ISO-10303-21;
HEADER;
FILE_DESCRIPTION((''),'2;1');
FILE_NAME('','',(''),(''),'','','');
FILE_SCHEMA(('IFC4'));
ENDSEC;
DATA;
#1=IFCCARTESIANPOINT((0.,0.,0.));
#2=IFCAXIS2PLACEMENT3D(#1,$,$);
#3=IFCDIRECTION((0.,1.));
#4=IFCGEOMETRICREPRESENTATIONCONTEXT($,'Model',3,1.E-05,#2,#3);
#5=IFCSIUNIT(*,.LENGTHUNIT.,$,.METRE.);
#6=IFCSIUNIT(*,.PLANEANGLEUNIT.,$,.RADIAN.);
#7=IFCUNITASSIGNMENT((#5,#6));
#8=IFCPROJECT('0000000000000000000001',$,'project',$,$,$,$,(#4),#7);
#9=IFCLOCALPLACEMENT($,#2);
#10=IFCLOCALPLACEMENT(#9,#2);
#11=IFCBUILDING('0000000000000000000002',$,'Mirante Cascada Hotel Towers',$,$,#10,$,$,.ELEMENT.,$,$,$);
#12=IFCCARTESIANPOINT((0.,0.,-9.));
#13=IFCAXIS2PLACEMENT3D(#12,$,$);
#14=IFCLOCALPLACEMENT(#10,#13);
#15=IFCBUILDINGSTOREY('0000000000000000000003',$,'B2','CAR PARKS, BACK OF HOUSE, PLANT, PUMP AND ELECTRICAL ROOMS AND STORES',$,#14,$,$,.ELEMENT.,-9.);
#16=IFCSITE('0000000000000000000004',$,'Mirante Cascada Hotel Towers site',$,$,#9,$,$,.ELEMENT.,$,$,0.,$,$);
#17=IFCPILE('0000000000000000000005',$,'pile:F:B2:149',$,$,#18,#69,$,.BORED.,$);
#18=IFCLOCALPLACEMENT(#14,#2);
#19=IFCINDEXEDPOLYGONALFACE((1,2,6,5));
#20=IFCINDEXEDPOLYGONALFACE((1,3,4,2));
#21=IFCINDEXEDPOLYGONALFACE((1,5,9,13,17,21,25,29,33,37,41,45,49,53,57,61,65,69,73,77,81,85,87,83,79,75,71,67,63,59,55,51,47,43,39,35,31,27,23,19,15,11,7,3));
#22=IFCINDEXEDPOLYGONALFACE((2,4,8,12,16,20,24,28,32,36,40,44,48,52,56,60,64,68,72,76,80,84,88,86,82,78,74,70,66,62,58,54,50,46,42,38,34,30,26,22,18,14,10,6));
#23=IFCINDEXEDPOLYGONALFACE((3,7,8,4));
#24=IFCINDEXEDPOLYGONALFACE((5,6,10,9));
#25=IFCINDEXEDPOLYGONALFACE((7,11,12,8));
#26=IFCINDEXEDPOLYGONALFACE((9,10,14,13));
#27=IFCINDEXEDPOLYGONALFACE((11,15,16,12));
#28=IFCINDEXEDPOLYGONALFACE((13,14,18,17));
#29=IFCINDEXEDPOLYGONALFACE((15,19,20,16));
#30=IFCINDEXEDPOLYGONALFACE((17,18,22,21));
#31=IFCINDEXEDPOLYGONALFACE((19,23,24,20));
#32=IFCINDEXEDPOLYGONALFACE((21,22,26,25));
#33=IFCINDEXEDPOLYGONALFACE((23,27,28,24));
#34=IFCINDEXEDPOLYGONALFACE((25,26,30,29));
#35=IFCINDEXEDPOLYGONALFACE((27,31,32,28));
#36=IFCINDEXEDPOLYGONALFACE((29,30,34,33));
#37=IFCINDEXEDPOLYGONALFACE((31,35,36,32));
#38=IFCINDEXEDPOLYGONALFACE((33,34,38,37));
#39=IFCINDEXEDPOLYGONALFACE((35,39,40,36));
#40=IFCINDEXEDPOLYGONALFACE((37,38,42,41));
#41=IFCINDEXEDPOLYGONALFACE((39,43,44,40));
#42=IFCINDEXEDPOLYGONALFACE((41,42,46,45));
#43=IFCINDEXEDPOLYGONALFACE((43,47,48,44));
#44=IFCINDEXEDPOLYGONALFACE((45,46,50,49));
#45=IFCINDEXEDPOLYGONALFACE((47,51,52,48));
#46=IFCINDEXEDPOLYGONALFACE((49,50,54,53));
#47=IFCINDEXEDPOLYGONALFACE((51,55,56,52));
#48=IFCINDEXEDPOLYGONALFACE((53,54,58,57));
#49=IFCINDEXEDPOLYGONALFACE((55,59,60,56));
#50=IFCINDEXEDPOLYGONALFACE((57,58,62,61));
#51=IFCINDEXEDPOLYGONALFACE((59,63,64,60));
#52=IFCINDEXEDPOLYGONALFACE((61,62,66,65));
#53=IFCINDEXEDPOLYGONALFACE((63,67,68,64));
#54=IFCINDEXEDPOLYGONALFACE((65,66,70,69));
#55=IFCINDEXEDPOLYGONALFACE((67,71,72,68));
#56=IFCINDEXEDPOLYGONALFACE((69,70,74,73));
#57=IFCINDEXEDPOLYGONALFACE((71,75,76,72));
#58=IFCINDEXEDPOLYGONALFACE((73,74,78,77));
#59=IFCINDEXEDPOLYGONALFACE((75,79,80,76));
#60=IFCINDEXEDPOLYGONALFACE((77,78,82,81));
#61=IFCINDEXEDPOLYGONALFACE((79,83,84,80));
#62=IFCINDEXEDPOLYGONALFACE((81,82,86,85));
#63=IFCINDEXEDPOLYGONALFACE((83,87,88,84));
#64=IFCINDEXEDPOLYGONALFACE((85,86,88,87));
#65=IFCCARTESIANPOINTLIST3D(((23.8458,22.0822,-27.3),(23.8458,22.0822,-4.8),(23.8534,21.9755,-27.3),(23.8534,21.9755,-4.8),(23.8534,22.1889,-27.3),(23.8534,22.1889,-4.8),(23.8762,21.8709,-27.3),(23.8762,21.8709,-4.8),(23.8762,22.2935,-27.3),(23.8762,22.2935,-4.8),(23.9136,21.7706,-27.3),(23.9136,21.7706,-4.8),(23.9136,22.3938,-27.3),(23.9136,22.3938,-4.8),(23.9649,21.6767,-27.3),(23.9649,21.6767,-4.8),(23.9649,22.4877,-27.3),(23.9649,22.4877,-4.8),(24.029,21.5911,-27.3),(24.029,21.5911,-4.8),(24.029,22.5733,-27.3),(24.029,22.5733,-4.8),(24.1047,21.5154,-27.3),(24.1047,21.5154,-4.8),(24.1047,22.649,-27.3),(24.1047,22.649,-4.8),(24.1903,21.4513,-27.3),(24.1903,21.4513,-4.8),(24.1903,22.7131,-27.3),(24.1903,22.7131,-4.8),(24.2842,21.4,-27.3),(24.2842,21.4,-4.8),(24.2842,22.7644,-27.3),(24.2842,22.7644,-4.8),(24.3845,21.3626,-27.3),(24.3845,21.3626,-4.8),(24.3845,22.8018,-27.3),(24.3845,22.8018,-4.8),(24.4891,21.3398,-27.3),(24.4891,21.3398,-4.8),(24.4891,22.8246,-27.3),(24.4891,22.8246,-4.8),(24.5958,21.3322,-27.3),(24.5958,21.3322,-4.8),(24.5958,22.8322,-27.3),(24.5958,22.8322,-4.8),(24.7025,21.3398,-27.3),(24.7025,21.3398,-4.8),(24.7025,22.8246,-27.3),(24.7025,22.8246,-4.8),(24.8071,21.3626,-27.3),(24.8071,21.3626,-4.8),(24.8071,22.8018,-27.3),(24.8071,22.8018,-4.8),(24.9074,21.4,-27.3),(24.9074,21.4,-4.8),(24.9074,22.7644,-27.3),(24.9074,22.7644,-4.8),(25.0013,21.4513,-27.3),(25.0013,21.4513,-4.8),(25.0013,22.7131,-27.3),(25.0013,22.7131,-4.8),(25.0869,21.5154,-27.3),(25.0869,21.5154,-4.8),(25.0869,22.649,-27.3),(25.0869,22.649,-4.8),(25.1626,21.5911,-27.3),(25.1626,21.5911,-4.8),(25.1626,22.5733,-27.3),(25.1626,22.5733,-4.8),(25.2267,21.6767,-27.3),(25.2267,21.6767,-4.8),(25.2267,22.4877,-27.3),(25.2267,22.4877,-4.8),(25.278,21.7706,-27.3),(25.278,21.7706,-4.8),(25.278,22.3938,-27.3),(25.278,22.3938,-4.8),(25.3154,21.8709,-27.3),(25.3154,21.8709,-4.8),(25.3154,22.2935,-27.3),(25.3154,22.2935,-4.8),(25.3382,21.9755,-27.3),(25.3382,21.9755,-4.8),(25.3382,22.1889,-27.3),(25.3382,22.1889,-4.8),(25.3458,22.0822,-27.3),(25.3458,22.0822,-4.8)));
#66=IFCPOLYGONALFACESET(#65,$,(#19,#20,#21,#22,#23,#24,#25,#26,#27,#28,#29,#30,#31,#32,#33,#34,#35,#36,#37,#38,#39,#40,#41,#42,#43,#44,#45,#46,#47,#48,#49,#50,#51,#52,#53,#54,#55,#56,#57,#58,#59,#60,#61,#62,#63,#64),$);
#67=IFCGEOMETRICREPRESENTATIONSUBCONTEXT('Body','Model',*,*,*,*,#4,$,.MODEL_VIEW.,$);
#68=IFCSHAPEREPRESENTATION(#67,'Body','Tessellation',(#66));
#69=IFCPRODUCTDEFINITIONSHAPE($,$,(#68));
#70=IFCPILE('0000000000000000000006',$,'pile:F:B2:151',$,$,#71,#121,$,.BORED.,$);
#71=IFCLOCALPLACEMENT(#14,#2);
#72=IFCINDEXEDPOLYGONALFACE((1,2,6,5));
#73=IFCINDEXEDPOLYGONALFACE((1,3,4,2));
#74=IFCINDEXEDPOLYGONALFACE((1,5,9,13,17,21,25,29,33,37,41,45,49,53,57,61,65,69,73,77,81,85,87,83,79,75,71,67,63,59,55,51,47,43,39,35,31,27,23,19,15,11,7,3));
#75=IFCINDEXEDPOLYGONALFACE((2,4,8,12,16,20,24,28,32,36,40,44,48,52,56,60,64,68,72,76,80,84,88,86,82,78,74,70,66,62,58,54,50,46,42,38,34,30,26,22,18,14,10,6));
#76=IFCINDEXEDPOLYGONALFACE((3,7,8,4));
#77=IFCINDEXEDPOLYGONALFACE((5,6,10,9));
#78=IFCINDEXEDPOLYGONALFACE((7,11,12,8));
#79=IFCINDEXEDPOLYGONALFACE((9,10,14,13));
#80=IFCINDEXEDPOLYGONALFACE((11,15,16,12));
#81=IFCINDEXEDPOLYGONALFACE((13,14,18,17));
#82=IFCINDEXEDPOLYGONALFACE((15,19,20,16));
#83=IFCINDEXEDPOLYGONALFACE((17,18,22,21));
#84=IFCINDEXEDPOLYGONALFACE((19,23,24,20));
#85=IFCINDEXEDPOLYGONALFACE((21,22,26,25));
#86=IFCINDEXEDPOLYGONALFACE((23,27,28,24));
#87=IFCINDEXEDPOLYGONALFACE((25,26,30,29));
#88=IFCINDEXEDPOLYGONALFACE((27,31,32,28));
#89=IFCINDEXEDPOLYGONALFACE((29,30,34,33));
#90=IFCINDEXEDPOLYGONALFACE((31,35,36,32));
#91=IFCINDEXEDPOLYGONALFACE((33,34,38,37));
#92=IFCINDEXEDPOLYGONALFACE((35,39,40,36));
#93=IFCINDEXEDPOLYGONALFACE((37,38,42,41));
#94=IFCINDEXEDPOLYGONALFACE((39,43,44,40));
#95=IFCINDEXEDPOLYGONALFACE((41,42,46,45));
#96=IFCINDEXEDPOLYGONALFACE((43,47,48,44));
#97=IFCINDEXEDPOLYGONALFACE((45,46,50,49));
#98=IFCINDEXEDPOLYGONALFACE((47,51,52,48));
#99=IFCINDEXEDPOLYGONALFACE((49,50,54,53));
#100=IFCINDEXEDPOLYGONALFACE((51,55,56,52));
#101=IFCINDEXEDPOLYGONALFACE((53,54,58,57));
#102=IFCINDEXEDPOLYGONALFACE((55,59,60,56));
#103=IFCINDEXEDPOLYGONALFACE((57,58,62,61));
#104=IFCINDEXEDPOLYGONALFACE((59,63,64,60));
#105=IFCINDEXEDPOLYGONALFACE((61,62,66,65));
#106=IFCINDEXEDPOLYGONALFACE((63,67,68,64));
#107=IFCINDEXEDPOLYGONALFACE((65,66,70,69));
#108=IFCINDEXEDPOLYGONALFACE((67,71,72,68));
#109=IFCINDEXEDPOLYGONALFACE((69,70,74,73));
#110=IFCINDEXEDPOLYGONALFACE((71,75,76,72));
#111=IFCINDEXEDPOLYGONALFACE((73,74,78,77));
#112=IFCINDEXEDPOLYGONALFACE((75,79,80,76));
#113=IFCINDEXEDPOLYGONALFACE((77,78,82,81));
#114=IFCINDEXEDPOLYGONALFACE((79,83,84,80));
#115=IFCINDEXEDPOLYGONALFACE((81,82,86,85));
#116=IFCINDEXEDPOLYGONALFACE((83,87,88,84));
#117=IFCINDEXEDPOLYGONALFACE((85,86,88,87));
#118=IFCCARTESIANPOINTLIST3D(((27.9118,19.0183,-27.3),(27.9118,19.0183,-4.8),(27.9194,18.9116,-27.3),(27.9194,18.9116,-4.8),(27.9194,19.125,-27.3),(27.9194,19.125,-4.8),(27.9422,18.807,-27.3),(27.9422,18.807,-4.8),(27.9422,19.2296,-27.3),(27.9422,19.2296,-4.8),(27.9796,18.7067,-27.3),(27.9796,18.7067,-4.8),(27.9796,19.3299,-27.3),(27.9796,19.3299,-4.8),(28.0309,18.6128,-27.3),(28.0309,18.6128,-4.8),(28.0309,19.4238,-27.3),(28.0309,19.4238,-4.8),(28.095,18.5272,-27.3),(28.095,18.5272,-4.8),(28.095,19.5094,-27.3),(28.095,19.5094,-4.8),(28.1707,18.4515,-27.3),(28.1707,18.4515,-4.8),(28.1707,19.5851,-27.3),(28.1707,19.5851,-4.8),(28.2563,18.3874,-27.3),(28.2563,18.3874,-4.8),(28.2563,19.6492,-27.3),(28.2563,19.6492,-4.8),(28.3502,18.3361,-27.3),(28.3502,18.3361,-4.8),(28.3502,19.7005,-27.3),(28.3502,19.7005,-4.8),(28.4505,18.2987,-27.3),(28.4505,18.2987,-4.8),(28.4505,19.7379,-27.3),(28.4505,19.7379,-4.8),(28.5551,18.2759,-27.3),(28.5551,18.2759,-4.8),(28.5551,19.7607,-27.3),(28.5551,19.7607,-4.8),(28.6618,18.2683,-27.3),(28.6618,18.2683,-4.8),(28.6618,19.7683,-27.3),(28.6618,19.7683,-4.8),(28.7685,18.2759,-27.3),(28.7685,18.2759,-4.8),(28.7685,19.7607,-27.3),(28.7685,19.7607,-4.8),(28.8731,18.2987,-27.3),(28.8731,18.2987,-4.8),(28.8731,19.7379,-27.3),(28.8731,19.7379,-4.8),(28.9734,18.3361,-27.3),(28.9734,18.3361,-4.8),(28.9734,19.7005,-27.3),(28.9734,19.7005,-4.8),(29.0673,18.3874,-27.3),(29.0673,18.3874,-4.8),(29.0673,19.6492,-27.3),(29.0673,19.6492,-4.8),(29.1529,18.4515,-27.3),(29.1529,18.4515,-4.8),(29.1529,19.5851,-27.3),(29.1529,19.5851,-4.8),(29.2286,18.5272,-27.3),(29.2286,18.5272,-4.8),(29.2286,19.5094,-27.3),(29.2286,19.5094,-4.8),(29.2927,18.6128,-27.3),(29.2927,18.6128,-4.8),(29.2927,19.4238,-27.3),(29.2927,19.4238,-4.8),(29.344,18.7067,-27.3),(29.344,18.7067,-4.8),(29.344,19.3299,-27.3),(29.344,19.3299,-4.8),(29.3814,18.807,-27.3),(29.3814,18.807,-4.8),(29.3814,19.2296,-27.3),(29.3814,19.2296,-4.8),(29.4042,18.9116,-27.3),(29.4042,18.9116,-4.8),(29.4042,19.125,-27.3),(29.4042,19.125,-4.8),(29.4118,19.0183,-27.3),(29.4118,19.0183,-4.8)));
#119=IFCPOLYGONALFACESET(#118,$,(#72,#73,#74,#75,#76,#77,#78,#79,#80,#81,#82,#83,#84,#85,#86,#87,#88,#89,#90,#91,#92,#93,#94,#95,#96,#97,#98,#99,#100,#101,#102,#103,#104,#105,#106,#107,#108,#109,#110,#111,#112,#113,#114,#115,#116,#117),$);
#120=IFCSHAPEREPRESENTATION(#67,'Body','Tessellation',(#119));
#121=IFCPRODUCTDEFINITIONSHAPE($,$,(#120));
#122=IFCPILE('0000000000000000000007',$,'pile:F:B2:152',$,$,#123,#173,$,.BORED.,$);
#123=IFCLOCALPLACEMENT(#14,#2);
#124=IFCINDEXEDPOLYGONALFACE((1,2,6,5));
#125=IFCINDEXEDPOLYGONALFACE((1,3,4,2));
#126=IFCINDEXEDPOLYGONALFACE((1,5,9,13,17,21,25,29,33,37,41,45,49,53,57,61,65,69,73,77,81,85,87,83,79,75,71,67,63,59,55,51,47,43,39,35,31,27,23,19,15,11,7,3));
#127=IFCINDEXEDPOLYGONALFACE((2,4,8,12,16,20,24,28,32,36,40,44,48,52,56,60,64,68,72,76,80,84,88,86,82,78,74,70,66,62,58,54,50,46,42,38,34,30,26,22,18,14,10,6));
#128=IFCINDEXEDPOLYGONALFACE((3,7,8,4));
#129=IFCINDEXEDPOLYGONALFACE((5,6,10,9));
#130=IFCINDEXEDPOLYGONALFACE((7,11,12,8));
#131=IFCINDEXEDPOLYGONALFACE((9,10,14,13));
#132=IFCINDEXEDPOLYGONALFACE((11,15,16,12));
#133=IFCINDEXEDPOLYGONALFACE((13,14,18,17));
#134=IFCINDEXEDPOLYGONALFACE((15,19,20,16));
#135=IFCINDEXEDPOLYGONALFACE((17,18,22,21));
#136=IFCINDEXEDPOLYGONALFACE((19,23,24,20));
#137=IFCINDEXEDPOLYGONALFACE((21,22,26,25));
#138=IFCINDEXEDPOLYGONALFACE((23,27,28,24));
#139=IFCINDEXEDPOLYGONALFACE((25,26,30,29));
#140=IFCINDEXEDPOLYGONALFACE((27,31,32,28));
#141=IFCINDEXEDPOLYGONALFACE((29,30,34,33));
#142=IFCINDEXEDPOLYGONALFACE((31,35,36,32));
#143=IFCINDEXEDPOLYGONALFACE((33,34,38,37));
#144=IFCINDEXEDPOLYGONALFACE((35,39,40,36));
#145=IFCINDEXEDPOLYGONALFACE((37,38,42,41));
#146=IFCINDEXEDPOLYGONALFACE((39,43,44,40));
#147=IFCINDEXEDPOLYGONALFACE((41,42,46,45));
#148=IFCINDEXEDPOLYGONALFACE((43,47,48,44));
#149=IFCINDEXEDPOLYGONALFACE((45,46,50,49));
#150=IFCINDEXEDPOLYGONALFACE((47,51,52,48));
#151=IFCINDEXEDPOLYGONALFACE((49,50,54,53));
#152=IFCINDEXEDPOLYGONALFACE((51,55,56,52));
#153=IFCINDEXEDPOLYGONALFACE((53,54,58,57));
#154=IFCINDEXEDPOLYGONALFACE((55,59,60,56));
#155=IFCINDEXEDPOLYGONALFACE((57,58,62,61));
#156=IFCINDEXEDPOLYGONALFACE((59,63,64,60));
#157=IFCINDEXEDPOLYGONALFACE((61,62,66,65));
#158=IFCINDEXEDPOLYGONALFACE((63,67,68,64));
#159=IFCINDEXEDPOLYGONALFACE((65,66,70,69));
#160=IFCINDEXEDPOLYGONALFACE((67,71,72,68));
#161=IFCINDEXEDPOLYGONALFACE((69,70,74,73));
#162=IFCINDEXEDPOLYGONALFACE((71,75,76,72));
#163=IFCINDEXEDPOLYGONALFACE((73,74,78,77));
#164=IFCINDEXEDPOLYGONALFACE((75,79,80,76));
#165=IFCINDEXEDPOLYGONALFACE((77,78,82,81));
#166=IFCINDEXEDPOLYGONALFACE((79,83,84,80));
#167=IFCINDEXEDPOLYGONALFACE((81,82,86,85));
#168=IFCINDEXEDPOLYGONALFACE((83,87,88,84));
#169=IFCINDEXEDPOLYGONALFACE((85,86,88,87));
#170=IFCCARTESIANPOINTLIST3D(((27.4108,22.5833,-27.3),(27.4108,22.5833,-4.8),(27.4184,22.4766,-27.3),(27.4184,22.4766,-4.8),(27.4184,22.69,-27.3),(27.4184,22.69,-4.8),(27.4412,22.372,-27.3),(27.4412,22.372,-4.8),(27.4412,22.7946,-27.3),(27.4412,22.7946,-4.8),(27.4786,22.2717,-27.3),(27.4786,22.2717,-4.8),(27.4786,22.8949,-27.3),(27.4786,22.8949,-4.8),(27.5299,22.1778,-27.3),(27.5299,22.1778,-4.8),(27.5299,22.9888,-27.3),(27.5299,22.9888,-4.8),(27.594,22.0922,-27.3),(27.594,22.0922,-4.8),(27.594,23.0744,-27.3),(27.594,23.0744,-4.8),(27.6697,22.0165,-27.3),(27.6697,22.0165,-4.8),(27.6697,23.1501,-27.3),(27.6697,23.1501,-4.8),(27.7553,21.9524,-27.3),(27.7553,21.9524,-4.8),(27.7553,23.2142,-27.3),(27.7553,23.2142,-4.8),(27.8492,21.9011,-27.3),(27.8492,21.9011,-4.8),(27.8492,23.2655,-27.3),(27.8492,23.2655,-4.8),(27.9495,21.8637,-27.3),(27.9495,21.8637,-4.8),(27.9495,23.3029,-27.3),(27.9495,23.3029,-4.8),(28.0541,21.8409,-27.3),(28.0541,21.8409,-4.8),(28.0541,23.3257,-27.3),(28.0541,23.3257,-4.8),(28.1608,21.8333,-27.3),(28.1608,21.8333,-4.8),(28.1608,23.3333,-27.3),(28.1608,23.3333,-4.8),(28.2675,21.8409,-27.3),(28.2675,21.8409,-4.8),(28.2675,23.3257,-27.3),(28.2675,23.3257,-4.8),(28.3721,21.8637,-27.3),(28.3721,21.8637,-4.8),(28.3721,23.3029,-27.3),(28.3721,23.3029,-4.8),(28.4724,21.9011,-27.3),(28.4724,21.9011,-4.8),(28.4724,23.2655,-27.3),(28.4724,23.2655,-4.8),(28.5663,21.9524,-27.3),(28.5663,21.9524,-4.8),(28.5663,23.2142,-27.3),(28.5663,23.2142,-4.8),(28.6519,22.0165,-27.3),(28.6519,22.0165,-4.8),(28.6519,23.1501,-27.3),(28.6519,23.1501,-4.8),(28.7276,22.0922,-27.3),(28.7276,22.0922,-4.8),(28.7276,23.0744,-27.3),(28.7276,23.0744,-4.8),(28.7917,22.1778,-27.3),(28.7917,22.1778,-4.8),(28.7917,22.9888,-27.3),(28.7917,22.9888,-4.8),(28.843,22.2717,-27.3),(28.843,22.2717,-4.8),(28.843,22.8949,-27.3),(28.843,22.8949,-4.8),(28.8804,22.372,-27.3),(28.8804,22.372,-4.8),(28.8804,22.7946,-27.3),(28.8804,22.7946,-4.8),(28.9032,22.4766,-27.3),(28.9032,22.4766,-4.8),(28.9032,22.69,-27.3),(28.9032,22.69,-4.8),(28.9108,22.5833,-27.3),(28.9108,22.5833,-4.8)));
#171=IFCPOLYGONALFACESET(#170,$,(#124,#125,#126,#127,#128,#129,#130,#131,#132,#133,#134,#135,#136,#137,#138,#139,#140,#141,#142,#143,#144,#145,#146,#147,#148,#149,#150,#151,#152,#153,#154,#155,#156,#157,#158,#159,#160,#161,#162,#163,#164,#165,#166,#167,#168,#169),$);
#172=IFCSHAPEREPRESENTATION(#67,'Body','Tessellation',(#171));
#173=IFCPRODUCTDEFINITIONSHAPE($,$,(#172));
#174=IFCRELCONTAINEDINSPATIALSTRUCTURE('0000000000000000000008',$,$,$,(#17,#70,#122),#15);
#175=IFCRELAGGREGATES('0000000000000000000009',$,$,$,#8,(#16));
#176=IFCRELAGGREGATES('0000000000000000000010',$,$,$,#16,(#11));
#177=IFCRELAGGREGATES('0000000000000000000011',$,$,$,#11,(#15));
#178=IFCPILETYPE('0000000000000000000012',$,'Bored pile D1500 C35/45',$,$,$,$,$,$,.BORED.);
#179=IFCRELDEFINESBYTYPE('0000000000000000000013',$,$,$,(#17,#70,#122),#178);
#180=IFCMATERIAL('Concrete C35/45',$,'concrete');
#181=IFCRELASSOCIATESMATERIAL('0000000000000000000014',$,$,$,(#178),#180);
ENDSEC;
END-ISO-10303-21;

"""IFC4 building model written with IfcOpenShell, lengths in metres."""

from ifc_helpers import new_model, si_unit, direction, frame, origin, origin_2d, place, context, subcontext, project, spatial, circle, extrude, material, material_profile, profile_set, type_object, element, save


model = new_model("IFC4")

# Units and contexts
model_context = context("Model", 3, precision=1e-05, world=origin(), true_north=direction((0.0, 1.0)))
body_context = subcontext(model_context, "Body", "Model", "MODEL_VIEW")
ifc_project = project(units=[si_unit("LENGTHUNIT", "METRE"), si_unit("PLANEANGLEUNIT", "RADIAN")], contexts=[model_context])

# Site, building, storey
site_placement = place(None, origin())
site = spatial("IfcSite", under=ifc_project, at=site_placement, Name="Mirante Cascada Hotel Towers site", CompositionType="ELEMENT", RefElevation=0.0)
building_placement = place(site_placement, origin())
building = spatial("IfcBuilding", under=site, at=building_placement, Name="Mirante Cascada Hotel Towers", CompositionType="ELEMENT")
storey_placement = place(building_placement, frame((0.0, 0.0, -9.0)))
storey = spatial("IfcBuildingStorey", under=building, at=storey_placement, Name="B2", Description="CAR PARKS, BACK OF HOUSE, PLANT, PUMP AND ELECTRICAL ROOMS AND STORES", CompositionType="ELEMENT", Elevation=-9.0)

# Piles
ifc_material_1 = material(Name="Concrete C35/45", Category="concrete")
ifc_material_profile_1 = material_profile(ifc_material_1, circle(Radius=0.75, at=origin_2d()), Name="RC D1500")
ifc_profile_set_1 = profile_set([ifc_material_profile_1], Name="Concrete C35/45")
pile_type = type_object("IfcPileType", Name="Bored pile D1500 C35/45", PredefinedType="BORED", material=ifc_profile_set_1)
for number, where, z_axis, x_axis, name in (
    (1, (24.5958, 22.0822, -4.8), (0.0, 0.0, -1.0), (1.0, 0.0, 0.0), "pile:F:B2:149"),
    (2, (28.6618, 19.0183, -4.8), (0.0, 0.0, -1.0), (1.0, 0.0, 0.0), "pile:F:B2:151"),
    (3, (28.1608, 22.5833, -4.8), (0.0, 0.0, -1.0), (1.0, 0.0, 0.0), "pile:F:B2:152"),
):
    element("IfcPile", number, at=place(storey_placement, frame(where, z_axis=z_axis, x_axis=x_axis)), inside=storey, type_object=pile_type, Name=name, PredefinedType="BORED", context=body_context, shape_type="SweptSolid", body=[
        extrude(circle(Radius=0.75, at=origin_2d()), origin(), (0.0, 0.0, 1.0), 22.5),
    ])

save(model, "model.ifc")
